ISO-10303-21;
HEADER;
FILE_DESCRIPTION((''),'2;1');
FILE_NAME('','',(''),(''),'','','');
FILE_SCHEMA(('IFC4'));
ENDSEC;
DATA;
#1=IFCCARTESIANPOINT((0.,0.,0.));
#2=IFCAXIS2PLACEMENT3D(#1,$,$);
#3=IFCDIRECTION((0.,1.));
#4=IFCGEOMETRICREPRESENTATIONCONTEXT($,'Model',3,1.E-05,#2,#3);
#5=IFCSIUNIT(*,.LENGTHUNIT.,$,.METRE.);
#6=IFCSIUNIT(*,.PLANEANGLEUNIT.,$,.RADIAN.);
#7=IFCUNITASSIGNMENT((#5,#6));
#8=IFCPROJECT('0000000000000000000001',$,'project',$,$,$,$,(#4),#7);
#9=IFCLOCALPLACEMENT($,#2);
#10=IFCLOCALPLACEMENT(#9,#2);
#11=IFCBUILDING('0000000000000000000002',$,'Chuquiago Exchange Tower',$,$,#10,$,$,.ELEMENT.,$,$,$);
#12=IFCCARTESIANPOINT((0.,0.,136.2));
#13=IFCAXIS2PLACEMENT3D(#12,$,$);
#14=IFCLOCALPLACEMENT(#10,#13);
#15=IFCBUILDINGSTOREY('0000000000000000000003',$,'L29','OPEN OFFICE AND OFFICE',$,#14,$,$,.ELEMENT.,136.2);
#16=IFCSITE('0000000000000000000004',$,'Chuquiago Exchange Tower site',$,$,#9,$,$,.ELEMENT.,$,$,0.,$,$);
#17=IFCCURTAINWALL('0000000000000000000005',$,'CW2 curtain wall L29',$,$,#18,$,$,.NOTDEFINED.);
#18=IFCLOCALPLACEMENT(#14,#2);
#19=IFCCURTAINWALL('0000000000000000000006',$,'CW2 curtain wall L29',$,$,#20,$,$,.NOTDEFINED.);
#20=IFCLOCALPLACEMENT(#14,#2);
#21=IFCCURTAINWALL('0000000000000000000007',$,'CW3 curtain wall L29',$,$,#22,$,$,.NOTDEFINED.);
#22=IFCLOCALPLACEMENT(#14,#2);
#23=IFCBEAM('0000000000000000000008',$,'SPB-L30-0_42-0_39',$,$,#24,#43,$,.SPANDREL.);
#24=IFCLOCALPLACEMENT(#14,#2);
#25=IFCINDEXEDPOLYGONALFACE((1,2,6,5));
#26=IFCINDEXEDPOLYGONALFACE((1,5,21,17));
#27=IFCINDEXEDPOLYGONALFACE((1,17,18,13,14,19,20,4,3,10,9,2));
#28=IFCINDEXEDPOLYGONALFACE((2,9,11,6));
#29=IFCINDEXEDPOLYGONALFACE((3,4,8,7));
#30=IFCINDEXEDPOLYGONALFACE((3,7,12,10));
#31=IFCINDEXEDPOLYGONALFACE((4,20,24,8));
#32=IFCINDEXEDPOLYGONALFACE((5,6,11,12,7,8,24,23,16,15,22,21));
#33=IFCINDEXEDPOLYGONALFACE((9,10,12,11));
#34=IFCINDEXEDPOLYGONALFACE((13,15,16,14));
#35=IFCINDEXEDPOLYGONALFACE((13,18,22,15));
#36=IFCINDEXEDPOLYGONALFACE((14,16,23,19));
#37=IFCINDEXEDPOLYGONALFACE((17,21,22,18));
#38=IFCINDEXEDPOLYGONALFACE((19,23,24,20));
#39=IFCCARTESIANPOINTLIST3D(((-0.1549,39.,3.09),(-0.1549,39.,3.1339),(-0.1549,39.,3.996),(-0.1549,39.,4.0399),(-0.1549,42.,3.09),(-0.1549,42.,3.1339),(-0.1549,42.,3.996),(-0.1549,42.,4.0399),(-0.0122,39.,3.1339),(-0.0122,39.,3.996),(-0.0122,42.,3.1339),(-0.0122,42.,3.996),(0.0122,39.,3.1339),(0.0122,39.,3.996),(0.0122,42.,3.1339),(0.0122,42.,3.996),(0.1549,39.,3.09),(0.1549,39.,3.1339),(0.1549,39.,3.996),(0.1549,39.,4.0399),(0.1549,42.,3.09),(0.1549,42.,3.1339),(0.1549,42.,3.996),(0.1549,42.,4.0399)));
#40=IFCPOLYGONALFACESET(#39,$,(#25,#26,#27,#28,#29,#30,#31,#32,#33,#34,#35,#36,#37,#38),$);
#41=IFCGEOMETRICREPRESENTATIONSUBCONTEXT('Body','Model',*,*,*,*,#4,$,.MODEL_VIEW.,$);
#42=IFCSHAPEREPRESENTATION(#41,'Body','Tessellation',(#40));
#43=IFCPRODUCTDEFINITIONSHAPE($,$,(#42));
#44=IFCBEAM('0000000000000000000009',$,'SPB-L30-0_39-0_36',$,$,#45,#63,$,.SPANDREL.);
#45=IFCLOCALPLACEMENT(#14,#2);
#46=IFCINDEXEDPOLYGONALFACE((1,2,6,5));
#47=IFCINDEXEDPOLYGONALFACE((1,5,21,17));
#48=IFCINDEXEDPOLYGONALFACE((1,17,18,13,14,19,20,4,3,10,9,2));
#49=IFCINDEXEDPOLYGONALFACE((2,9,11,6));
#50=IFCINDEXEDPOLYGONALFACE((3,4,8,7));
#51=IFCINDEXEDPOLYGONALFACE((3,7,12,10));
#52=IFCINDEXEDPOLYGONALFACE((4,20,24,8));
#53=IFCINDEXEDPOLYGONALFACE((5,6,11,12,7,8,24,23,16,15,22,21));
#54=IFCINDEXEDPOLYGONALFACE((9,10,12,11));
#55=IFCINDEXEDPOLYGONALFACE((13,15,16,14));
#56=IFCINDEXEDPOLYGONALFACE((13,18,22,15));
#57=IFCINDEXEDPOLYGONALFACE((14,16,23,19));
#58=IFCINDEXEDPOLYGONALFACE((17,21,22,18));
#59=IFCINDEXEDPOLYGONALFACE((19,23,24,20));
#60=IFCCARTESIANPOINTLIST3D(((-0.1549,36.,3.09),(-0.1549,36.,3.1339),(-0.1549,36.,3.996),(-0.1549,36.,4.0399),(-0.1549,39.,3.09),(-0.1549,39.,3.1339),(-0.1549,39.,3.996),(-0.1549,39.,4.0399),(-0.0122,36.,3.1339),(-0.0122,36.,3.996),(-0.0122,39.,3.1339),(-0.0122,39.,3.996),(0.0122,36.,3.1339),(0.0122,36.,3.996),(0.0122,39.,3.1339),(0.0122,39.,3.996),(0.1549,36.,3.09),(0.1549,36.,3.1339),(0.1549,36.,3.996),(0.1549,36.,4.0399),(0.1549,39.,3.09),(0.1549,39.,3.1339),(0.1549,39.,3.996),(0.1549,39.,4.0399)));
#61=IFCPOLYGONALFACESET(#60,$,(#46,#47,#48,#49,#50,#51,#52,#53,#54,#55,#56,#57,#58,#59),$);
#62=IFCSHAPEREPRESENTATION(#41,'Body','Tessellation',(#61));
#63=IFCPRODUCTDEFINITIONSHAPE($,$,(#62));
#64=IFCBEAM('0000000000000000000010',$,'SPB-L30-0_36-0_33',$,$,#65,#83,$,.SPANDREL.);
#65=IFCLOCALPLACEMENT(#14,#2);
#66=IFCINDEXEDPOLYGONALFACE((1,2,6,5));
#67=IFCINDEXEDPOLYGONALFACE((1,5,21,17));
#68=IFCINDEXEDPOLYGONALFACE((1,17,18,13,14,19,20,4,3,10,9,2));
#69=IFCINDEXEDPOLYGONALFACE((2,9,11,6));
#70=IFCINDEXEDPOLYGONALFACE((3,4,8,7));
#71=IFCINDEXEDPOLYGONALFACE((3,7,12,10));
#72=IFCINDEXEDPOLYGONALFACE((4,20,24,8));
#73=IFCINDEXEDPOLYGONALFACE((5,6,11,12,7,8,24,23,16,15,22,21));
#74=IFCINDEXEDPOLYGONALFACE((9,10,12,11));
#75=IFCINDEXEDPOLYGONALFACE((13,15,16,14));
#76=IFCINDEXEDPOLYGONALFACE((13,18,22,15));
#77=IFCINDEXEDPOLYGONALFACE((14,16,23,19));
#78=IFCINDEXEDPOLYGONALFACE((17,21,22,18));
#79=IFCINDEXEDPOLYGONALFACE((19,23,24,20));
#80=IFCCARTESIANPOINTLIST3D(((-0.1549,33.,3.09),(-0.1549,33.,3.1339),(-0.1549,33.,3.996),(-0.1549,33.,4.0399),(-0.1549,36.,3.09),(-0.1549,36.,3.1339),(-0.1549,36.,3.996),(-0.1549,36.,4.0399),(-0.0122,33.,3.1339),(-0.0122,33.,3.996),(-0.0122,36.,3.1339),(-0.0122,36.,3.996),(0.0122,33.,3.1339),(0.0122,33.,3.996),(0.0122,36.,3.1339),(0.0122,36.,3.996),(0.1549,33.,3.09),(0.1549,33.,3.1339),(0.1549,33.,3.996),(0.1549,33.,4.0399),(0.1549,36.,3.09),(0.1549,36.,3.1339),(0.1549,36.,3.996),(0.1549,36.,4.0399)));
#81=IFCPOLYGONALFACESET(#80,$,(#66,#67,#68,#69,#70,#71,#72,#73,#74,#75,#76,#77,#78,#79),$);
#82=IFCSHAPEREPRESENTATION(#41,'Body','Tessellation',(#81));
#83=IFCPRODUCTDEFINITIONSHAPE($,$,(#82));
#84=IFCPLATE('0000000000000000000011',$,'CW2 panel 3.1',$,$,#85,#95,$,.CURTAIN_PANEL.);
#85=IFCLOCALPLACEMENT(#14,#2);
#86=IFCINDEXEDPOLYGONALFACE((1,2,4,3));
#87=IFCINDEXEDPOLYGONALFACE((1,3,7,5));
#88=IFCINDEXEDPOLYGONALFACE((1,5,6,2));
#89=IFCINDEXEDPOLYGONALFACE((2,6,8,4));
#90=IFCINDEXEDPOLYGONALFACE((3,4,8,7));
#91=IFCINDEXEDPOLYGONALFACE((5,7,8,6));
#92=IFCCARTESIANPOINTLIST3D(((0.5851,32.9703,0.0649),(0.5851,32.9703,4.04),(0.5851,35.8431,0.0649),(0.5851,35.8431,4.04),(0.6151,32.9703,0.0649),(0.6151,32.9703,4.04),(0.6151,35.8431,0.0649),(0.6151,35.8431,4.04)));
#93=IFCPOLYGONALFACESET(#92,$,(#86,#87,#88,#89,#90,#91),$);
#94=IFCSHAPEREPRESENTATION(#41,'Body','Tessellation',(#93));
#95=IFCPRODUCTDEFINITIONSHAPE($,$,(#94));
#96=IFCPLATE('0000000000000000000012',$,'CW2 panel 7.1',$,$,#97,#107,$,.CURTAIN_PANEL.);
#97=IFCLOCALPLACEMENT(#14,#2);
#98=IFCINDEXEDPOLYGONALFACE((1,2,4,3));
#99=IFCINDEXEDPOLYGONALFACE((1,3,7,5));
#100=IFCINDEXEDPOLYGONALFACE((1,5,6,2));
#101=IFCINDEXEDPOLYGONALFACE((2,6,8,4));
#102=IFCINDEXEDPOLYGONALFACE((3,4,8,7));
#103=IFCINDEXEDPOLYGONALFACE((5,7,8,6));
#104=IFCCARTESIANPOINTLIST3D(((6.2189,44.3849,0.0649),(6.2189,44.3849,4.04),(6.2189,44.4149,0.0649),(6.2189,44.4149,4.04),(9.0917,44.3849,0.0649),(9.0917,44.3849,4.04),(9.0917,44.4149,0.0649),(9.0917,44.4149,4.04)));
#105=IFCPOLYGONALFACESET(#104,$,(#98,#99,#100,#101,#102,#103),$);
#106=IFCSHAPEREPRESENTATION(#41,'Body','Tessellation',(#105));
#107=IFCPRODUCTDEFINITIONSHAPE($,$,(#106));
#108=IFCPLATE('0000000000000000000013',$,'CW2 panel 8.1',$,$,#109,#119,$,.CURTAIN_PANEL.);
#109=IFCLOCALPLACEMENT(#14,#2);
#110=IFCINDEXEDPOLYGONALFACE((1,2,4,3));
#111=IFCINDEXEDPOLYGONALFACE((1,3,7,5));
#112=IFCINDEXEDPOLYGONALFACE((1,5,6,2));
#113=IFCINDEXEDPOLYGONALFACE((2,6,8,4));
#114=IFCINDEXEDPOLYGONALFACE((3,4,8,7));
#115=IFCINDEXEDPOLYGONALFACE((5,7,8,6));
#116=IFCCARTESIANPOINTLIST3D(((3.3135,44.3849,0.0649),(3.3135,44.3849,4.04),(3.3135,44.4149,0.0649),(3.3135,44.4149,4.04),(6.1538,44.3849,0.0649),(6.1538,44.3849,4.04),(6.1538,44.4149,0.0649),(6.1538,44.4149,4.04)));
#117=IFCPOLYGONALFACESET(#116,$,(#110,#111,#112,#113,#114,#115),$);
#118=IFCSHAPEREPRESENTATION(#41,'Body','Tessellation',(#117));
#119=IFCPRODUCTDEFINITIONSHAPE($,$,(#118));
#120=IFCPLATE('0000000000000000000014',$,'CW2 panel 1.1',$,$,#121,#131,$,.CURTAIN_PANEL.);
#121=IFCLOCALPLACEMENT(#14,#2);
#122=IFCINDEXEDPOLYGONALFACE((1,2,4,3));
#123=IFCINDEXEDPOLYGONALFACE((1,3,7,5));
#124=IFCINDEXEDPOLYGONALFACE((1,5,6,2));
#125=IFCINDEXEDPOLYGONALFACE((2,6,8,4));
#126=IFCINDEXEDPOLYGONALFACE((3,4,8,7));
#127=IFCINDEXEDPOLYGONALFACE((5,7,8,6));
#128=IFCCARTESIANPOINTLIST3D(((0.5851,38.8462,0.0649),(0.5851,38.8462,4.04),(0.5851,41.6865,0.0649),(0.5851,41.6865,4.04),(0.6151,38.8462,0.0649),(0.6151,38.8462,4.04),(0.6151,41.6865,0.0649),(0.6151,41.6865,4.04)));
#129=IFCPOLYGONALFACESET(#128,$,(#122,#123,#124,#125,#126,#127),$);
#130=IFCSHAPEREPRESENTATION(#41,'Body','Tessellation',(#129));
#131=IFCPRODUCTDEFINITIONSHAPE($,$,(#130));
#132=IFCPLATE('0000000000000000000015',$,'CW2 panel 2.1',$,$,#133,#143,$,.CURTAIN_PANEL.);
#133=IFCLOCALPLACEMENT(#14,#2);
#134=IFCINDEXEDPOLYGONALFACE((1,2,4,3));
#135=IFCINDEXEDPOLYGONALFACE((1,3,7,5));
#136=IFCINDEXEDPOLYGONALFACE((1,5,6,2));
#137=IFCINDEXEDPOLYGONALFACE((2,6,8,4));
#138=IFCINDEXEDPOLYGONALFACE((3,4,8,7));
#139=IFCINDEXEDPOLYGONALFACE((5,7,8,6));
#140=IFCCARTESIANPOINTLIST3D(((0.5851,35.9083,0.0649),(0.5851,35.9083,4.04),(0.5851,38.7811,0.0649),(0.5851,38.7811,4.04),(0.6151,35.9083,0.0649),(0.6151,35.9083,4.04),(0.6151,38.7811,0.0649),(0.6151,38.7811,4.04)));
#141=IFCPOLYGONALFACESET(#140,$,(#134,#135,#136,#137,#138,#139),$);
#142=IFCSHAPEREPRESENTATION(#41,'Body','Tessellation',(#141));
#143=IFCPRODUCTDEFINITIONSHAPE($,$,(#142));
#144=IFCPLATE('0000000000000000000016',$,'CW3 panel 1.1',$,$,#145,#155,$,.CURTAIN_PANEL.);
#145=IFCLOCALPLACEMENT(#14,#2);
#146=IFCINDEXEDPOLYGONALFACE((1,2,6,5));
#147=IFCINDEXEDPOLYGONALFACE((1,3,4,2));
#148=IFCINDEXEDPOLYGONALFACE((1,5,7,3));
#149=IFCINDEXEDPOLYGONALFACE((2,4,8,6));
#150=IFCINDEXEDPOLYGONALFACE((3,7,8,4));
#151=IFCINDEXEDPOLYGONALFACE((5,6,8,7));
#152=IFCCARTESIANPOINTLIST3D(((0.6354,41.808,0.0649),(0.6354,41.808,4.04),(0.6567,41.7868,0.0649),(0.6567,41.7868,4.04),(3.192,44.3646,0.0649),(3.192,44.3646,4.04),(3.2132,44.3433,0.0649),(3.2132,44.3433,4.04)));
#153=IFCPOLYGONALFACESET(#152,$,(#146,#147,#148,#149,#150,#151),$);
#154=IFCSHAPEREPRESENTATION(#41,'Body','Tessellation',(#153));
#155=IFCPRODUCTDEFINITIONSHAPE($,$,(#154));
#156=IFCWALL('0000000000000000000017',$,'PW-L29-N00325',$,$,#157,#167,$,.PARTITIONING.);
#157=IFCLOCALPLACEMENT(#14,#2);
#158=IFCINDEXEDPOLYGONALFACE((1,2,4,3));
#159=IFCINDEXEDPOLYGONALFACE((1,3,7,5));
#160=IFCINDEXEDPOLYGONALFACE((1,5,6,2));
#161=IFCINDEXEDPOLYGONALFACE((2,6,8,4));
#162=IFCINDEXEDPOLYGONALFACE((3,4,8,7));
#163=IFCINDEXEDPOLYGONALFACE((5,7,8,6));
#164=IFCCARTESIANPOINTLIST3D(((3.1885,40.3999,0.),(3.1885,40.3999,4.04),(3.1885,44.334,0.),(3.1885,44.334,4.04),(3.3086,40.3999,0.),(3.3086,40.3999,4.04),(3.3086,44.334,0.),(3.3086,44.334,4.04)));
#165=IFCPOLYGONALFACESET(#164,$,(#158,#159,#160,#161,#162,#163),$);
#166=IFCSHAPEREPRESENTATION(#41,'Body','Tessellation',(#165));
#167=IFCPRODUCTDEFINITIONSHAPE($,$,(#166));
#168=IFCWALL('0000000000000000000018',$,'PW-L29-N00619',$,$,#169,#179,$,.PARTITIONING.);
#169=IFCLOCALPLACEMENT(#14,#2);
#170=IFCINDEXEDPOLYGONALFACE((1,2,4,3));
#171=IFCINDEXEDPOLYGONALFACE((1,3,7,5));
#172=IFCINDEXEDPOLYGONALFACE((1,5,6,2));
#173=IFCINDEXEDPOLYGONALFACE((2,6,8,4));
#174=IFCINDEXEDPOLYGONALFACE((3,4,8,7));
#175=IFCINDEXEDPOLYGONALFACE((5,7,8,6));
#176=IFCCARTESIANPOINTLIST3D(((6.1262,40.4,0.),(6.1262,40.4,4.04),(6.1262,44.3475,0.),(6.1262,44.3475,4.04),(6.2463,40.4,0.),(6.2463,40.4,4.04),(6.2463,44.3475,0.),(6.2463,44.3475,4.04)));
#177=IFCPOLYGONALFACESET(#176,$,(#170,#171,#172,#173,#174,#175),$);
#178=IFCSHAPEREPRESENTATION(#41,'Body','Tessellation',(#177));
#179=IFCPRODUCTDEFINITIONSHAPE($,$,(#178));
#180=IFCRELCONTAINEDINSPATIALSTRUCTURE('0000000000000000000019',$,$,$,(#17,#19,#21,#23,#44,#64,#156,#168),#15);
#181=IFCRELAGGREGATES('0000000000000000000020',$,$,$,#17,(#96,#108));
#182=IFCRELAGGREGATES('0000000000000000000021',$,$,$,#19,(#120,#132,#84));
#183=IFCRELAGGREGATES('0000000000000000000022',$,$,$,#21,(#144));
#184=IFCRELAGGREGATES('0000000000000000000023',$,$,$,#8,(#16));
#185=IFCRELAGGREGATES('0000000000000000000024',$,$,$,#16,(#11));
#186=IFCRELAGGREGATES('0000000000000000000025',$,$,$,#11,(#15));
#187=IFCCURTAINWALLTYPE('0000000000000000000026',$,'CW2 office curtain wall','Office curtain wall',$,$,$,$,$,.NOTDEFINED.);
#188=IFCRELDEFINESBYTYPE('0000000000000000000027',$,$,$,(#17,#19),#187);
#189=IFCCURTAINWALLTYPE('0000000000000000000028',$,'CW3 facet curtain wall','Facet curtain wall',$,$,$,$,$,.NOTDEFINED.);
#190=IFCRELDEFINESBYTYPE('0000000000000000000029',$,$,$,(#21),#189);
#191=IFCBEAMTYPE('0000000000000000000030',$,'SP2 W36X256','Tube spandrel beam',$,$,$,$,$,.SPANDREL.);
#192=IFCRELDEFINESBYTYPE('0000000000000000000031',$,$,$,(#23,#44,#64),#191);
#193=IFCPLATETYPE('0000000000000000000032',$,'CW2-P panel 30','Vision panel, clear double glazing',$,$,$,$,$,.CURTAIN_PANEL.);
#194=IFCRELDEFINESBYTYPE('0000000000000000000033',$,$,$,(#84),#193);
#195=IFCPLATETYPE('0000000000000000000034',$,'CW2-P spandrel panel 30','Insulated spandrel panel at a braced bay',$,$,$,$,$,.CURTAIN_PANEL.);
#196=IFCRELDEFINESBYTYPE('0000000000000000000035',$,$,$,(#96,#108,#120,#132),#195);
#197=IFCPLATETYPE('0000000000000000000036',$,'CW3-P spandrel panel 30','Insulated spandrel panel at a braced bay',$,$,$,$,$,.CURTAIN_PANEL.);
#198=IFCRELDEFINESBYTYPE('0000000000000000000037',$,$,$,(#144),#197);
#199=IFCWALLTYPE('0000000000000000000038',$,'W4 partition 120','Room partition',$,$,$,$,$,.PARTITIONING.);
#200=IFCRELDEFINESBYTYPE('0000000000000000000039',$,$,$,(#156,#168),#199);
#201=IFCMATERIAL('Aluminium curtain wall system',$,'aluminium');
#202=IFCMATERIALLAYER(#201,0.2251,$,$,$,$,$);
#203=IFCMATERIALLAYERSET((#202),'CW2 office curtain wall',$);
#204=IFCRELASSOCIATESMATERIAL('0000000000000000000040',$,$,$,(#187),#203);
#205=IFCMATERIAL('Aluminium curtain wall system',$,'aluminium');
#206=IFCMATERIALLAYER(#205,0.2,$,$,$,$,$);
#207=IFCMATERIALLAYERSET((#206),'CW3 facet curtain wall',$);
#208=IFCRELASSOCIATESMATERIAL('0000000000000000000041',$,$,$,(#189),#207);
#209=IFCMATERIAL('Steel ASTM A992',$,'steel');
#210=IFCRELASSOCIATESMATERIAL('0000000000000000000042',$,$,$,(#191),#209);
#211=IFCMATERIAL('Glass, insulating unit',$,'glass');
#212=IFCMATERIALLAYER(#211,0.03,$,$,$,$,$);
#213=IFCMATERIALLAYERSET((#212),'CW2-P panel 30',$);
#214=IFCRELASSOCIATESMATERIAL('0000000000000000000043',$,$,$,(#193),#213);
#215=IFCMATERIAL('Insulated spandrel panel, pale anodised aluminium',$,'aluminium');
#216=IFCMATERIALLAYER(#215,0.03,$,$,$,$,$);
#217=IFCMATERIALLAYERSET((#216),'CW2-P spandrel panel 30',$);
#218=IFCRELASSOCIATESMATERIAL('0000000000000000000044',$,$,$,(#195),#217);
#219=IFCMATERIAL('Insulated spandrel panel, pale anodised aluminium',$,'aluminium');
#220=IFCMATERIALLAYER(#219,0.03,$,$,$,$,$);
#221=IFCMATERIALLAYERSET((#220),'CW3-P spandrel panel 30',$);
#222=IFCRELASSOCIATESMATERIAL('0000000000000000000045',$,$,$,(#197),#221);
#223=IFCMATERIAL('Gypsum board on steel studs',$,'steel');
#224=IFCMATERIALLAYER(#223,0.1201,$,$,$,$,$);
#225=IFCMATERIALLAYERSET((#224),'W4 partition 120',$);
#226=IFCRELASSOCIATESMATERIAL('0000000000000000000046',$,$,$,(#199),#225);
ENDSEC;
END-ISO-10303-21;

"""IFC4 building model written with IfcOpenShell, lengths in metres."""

from ifc_helpers import new_model, si_unit, direction, frame, frame_2d, origin, origin_2d, place, context, subcontext, project, spatial, rectangle, i_section, extrude, material, layer, layer_set, material_profile, profile_set, type_object, element, aggregate, save


model = new_model("IFC4")

# Units and contexts
model_context = context("Model", 3, precision=1e-05, world=origin(), true_north=direction((0.0, 1.0)))
body_context = subcontext(model_context, "Body", "Model", "MODEL_VIEW")
ifc_project = project(units=[si_unit("LENGTHUNIT", "METRE"), si_unit("PLANEANGLEUNIT", "RADIAN")], contexts=[model_context])

# Site, building, storey
site_placement = place(None, origin())
site = spatial("IfcSite", under=ifc_project, at=site_placement, Name="Chuquiago Exchange Tower site", CompositionType="ELEMENT", RefElevation=0.0)
building_placement = place(site_placement, origin())
building = spatial("IfcBuilding", under=site, at=building_placement, Name="Chuquiago Exchange Tower", CompositionType="ELEMENT")
storey_placement = place(building_placement, frame((0.0, 0.0, 136.2)))
storey = spatial("IfcBuildingStorey", under=building, at=storey_placement, Name="L29", Description="OPEN OFFICE AND OFFICE", CompositionType="ELEMENT", Elevation=136.2)

# Curtain walls
ifc_material_1 = material(Name="Aluminium curtain wall system", Category="aluminium")
ifc_layer_1 = layer(ifc_material_1, 0.2251)
ifc_layer_set_1 = layer_set([ifc_layer_1], Name="CW2 office curtain wall")
curtain_wall_type_1 = type_object("IfcCurtainWallType", Name="CW2 office curtain wall", Description="Office curtain wall", PredefinedType="NOTDEFINED", material=ifc_layer_set_1)
curtain_wall_1_placement = place(storey_placement, origin())
curtain_wall_1 = element("IfcCurtainWall", 1, at=curtain_wall_1_placement, inside=storey, type_object=curtain_wall_type_1, Name="CW2 curtain wall L29", PredefinedType="NOTDEFINED")
curtain_wall_2_placement = place(storey_placement, origin())
curtain_wall_2 = element("IfcCurtainWall", 2, at=curtain_wall_2_placement, inside=storey, type_object=curtain_wall_type_1, Name="CW2 curtain wall L29", PredefinedType="NOTDEFINED")

# Curtain wall
ifc_material_2 = material(Name="Aluminium curtain wall system", Category="aluminium")
ifc_layer_2 = layer(ifc_material_2, 0.2)
ifc_layer_set_2 = layer_set([ifc_layer_2], Name="CW3 facet curtain wall")
curtain_wall_type_2 = type_object("IfcCurtainWallType", Name="CW3 facet curtain wall", Description="Facet curtain wall", PredefinedType="NOTDEFINED", material=ifc_layer_set_2)
curtain_wall_3_placement = place(storey_placement, origin())
curtain_wall_3 = element("IfcCurtainWall", 3, at=curtain_wall_3_placement, inside=storey, type_object=curtain_wall_type_2, Name="CW3 curtain wall L29", PredefinedType="NOTDEFINED")

# Beams
ifc_material_3 = material(Name="Steel ASTM A992", Category="steel")
ifc_material_profile_1 = material_profile(ifc_material_3, i_section(OverallWidth=0.3098, OverallDepth=0.95, WebThickness=0.0244, FlangeThickness=0.0439, at=origin_2d()), Name="W36X256")
ifc_profile_set_1 = profile_set([ifc_material_profile_1], Name="Steel ASTM A992")
beam_type = type_object("IfcBeamType", Name="SP2 W36X256", Description="Tube spandrel beam", PredefinedType="SPANDREL", material=ifc_profile_set_1)
for number, where, z_axis, x_axis, name in (
    (4, (0.0, 42.0, 3.5649), (0.0, -1.0, 0.0), (1.0, 0.0, 0.0), "SPB-L30-0_42-0_39"),
    (5, (0.0, 39.0, 3.5649), (0.0, -1.0, 0.0), (1.0, 0.0, 0.0), "SPB-L30-0_39-0_36"),
    (6, (0.0, 36.0, 3.5649), (0.0, -1.0, 0.0), (1.0, 0.0, 0.0), "SPB-L30-0_36-0_33"),
):
    element("IfcBeam", number, at=place(storey_placement, frame(where, z_axis=z_axis, x_axis=x_axis)), inside=storey, type_object=beam_type, Name=name, PredefinedType="SPANDREL", context=body_context, shape_type="SweptSolid", body=[
        extrude(i_section(OverallWidth=0.3098, OverallDepth=0.95, WebThickness=0.0244, FlangeThickness=0.0439, at=origin_2d()), origin(), (0.0, 0.0, 1.0), 3.0),
    ])

# Plates
ifc_material_4 = material(Name="Glass, insulating unit", Category="glass")
ifc_layer_3 = layer(ifc_material_4, 0.03)
ifc_layer_set_3 = layer_set([ifc_layer_3], Name="CW2-P panel 30")
plate_type_1 = type_object("IfcPlateType", Name="CW2-P panel 30", Description="Vision panel, clear double glazing", PredefinedType="CURTAIN_PANEL", material=ifc_layer_set_3)
plate_1_placement = place(storey_placement, frame((0.6001, 34.4067, 0.0649), z_axis=(0.0, 0.0, 1.0), x_axis=(0.0, -1.0, 0.0)))
plate_1 = element("IfcPlate", 7, at=plate_1_placement, type_object=plate_type_1, Name="CW2 panel 3.1", PredefinedType="CURTAIN_PANEL", context=body_context, shape_type="SweptSolid", body=[
    extrude(rectangle(XDim=2.8728, YDim=0.03, at=origin_2d()), origin(), (0.0, 0.0, 1.0), 3.9751),
])
ifc_material_5 = material(Name="Insulated spandrel panel, pale anodised aluminium", Category="aluminium")
ifc_layer_4 = layer(ifc_material_5, 0.03)
ifc_layer_set_4 = layer_set([ifc_layer_4], Name="CW2-P spandrel panel 30")
plate_type_2 = type_object("IfcPlateType", Name="CW2-P spandrel panel 30", Description="Insulated spandrel panel at a braced bay", PredefinedType="CURTAIN_PANEL", material=ifc_layer_set_4)
plate_2_placement = place(storey_placement, frame((7.6553, 44.3999, 0.0649), z_axis=(0.0, 0.0, 1.0), x_axis=(-1.0, 0.0, 0.0)))
plate_2 = element("IfcPlate", 8, at=plate_2_placement, type_object=plate_type_2, Name="CW2 panel 7.1", PredefinedType="CURTAIN_PANEL", context=body_context, shape_type="SweptSolid", body=[
    extrude(rectangle(XDim=2.8728, YDim=0.03, at=origin_2d()), origin(), (0.0, 0.0, 1.0), 3.9751),
])
plate_3_placement = place(storey_placement, frame((4.7336, 44.3999, 0.0649), z_axis=(0.0, 0.0, 1.0), x_axis=(-1.0, 0.0, 0.0)))
plate_3 = element("IfcPlate", 9, at=plate_3_placement, type_object=plate_type_2, Name="CW2 panel 8.1", PredefinedType="CURTAIN_PANEL", context=body_context, shape_type="SweptSolid", body=[
    extrude(rectangle(XDim=2.8403, YDim=0.03, at=origin_2d()), origin(), (0.0, 0.0, 1.0), 3.9751),
])
aggregate(curtain_wall_1, [plate_2, plate_3])
plate_4_placement = place(storey_placement, frame((0.6001, 40.2664, 0.0649), z_axis=(0.0, 0.0, 1.0), x_axis=(0.0, -1.0, 0.0)))
plate_4 = element("IfcPlate", 10, at=plate_4_placement, type_object=plate_type_2, Name="CW2 panel 1.1", PredefinedType="CURTAIN_PANEL", context=body_context, shape_type="SweptSolid", body=[
    extrude(rectangle(XDim=2.8403, YDim=0.03, at=origin_2d()), origin(), (0.0, 0.0, 1.0), 3.9751),
])
plate_5_placement = place(storey_placement, frame((0.6001, 37.3447, 0.0649), z_axis=(0.0, 0.0, 1.0), x_axis=(0.0, -1.0, 0.0)))
plate_5 = element("IfcPlate", 11, at=plate_5_placement, type_object=plate_type_2, Name="CW2 panel 2.1", PredefinedType="CURTAIN_PANEL", context=body_context, shape_type="SweptSolid", body=[
    extrude(rectangle(XDim=2.8728, YDim=0.03, at=origin_2d()), origin(), (0.0, 0.0, 1.0), 3.9751),
])
aggregate(curtain_wall_2, [plate_4, plate_5, plate_1])
ifc_material_6 = material(Name="Insulated spandrel panel, pale anodised aluminium", Category="aluminium")
ifc_layer_5 = layer(ifc_material_6, 0.03)
ifc_layer_set_5 = layer_set([ifc_layer_5], Name="CW3-P spandrel panel 30")
plate_type_3 = type_object("IfcPlateType", Name="CW3-P spandrel panel 30", Description="Insulated spandrel panel at a braced bay", PredefinedType="CURTAIN_PANEL", material=ifc_layer_set_5)
plate_6_placement = place(storey_placement, frame((1.9243, 43.0757, 0.0649), z_axis=(0.0, 0.0, 1.0), x_axis=(-0.707107, -0.707107, 0.0)))
plate_6 = element("IfcPlate", 12, at=plate_6_placement, type_object=plate_type_3, Name="CW3 panel 1.1", PredefinedType="CURTAIN_PANEL", context=body_context, shape_type="SweptSolid", body=[
    extrude(rectangle(XDim=3.6155, YDim=0.03, at=origin_2d()), origin(), (0.0, 0.0, 1.0), 3.9751),
])
aggregate(curtain_wall_3, [plate_6])

# Walls
ifc_material_7 = material(Name="Gypsum board on steel studs", Category="steel")
ifc_layer_6 = layer(ifc_material_7, 0.1201)
ifc_layer_set_6 = layer_set([ifc_layer_6], Name="W4 partition 120")
wall_type = type_object("IfcWallType", Name="W4 partition 120", Description="Room partition", PredefinedType="PARTITIONING", material=ifc_layer_set_6)
wall_1_placement = place(storey_placement, frame((3.2485, 44.334, 0.0), z_axis=(0.0, 0.0, 1.0), x_axis=(0.0, -1.0, 0.0)))
element("IfcWall", 13, at=wall_1_placement, inside=storey, type_object=wall_type, Name="PW-L29-N00325", PredefinedType="PARTITIONING", context=body_context, shape_type="SweptSolid", body=[
    extrude(rectangle(XDim=3.9341, YDim=0.1201, at=frame_2d((1.967, 0.0))), origin(), (0.0, 0.0, 1.0), 4.04),
])
wall_2_placement = place(storey_placement, frame((6.1863, 44.3474, 0.0), z_axis=(0.0, 0.0, 1.0), x_axis=(0.0, -1.0, 0.0)))
element("IfcWall", 14, at=wall_2_placement, inside=storey, type_object=wall_type, Name="PW-L29-N00619", PredefinedType="PARTITIONING", context=body_context, shape_type="SweptSolid", body=[
    extrude(rectangle(XDim=3.9475, YDim=0.1201, at=frame_2d((1.9736, 0.0))), origin(), (0.0, 0.0, 1.0), 4.04),
])

save(model, "model.ifc")
